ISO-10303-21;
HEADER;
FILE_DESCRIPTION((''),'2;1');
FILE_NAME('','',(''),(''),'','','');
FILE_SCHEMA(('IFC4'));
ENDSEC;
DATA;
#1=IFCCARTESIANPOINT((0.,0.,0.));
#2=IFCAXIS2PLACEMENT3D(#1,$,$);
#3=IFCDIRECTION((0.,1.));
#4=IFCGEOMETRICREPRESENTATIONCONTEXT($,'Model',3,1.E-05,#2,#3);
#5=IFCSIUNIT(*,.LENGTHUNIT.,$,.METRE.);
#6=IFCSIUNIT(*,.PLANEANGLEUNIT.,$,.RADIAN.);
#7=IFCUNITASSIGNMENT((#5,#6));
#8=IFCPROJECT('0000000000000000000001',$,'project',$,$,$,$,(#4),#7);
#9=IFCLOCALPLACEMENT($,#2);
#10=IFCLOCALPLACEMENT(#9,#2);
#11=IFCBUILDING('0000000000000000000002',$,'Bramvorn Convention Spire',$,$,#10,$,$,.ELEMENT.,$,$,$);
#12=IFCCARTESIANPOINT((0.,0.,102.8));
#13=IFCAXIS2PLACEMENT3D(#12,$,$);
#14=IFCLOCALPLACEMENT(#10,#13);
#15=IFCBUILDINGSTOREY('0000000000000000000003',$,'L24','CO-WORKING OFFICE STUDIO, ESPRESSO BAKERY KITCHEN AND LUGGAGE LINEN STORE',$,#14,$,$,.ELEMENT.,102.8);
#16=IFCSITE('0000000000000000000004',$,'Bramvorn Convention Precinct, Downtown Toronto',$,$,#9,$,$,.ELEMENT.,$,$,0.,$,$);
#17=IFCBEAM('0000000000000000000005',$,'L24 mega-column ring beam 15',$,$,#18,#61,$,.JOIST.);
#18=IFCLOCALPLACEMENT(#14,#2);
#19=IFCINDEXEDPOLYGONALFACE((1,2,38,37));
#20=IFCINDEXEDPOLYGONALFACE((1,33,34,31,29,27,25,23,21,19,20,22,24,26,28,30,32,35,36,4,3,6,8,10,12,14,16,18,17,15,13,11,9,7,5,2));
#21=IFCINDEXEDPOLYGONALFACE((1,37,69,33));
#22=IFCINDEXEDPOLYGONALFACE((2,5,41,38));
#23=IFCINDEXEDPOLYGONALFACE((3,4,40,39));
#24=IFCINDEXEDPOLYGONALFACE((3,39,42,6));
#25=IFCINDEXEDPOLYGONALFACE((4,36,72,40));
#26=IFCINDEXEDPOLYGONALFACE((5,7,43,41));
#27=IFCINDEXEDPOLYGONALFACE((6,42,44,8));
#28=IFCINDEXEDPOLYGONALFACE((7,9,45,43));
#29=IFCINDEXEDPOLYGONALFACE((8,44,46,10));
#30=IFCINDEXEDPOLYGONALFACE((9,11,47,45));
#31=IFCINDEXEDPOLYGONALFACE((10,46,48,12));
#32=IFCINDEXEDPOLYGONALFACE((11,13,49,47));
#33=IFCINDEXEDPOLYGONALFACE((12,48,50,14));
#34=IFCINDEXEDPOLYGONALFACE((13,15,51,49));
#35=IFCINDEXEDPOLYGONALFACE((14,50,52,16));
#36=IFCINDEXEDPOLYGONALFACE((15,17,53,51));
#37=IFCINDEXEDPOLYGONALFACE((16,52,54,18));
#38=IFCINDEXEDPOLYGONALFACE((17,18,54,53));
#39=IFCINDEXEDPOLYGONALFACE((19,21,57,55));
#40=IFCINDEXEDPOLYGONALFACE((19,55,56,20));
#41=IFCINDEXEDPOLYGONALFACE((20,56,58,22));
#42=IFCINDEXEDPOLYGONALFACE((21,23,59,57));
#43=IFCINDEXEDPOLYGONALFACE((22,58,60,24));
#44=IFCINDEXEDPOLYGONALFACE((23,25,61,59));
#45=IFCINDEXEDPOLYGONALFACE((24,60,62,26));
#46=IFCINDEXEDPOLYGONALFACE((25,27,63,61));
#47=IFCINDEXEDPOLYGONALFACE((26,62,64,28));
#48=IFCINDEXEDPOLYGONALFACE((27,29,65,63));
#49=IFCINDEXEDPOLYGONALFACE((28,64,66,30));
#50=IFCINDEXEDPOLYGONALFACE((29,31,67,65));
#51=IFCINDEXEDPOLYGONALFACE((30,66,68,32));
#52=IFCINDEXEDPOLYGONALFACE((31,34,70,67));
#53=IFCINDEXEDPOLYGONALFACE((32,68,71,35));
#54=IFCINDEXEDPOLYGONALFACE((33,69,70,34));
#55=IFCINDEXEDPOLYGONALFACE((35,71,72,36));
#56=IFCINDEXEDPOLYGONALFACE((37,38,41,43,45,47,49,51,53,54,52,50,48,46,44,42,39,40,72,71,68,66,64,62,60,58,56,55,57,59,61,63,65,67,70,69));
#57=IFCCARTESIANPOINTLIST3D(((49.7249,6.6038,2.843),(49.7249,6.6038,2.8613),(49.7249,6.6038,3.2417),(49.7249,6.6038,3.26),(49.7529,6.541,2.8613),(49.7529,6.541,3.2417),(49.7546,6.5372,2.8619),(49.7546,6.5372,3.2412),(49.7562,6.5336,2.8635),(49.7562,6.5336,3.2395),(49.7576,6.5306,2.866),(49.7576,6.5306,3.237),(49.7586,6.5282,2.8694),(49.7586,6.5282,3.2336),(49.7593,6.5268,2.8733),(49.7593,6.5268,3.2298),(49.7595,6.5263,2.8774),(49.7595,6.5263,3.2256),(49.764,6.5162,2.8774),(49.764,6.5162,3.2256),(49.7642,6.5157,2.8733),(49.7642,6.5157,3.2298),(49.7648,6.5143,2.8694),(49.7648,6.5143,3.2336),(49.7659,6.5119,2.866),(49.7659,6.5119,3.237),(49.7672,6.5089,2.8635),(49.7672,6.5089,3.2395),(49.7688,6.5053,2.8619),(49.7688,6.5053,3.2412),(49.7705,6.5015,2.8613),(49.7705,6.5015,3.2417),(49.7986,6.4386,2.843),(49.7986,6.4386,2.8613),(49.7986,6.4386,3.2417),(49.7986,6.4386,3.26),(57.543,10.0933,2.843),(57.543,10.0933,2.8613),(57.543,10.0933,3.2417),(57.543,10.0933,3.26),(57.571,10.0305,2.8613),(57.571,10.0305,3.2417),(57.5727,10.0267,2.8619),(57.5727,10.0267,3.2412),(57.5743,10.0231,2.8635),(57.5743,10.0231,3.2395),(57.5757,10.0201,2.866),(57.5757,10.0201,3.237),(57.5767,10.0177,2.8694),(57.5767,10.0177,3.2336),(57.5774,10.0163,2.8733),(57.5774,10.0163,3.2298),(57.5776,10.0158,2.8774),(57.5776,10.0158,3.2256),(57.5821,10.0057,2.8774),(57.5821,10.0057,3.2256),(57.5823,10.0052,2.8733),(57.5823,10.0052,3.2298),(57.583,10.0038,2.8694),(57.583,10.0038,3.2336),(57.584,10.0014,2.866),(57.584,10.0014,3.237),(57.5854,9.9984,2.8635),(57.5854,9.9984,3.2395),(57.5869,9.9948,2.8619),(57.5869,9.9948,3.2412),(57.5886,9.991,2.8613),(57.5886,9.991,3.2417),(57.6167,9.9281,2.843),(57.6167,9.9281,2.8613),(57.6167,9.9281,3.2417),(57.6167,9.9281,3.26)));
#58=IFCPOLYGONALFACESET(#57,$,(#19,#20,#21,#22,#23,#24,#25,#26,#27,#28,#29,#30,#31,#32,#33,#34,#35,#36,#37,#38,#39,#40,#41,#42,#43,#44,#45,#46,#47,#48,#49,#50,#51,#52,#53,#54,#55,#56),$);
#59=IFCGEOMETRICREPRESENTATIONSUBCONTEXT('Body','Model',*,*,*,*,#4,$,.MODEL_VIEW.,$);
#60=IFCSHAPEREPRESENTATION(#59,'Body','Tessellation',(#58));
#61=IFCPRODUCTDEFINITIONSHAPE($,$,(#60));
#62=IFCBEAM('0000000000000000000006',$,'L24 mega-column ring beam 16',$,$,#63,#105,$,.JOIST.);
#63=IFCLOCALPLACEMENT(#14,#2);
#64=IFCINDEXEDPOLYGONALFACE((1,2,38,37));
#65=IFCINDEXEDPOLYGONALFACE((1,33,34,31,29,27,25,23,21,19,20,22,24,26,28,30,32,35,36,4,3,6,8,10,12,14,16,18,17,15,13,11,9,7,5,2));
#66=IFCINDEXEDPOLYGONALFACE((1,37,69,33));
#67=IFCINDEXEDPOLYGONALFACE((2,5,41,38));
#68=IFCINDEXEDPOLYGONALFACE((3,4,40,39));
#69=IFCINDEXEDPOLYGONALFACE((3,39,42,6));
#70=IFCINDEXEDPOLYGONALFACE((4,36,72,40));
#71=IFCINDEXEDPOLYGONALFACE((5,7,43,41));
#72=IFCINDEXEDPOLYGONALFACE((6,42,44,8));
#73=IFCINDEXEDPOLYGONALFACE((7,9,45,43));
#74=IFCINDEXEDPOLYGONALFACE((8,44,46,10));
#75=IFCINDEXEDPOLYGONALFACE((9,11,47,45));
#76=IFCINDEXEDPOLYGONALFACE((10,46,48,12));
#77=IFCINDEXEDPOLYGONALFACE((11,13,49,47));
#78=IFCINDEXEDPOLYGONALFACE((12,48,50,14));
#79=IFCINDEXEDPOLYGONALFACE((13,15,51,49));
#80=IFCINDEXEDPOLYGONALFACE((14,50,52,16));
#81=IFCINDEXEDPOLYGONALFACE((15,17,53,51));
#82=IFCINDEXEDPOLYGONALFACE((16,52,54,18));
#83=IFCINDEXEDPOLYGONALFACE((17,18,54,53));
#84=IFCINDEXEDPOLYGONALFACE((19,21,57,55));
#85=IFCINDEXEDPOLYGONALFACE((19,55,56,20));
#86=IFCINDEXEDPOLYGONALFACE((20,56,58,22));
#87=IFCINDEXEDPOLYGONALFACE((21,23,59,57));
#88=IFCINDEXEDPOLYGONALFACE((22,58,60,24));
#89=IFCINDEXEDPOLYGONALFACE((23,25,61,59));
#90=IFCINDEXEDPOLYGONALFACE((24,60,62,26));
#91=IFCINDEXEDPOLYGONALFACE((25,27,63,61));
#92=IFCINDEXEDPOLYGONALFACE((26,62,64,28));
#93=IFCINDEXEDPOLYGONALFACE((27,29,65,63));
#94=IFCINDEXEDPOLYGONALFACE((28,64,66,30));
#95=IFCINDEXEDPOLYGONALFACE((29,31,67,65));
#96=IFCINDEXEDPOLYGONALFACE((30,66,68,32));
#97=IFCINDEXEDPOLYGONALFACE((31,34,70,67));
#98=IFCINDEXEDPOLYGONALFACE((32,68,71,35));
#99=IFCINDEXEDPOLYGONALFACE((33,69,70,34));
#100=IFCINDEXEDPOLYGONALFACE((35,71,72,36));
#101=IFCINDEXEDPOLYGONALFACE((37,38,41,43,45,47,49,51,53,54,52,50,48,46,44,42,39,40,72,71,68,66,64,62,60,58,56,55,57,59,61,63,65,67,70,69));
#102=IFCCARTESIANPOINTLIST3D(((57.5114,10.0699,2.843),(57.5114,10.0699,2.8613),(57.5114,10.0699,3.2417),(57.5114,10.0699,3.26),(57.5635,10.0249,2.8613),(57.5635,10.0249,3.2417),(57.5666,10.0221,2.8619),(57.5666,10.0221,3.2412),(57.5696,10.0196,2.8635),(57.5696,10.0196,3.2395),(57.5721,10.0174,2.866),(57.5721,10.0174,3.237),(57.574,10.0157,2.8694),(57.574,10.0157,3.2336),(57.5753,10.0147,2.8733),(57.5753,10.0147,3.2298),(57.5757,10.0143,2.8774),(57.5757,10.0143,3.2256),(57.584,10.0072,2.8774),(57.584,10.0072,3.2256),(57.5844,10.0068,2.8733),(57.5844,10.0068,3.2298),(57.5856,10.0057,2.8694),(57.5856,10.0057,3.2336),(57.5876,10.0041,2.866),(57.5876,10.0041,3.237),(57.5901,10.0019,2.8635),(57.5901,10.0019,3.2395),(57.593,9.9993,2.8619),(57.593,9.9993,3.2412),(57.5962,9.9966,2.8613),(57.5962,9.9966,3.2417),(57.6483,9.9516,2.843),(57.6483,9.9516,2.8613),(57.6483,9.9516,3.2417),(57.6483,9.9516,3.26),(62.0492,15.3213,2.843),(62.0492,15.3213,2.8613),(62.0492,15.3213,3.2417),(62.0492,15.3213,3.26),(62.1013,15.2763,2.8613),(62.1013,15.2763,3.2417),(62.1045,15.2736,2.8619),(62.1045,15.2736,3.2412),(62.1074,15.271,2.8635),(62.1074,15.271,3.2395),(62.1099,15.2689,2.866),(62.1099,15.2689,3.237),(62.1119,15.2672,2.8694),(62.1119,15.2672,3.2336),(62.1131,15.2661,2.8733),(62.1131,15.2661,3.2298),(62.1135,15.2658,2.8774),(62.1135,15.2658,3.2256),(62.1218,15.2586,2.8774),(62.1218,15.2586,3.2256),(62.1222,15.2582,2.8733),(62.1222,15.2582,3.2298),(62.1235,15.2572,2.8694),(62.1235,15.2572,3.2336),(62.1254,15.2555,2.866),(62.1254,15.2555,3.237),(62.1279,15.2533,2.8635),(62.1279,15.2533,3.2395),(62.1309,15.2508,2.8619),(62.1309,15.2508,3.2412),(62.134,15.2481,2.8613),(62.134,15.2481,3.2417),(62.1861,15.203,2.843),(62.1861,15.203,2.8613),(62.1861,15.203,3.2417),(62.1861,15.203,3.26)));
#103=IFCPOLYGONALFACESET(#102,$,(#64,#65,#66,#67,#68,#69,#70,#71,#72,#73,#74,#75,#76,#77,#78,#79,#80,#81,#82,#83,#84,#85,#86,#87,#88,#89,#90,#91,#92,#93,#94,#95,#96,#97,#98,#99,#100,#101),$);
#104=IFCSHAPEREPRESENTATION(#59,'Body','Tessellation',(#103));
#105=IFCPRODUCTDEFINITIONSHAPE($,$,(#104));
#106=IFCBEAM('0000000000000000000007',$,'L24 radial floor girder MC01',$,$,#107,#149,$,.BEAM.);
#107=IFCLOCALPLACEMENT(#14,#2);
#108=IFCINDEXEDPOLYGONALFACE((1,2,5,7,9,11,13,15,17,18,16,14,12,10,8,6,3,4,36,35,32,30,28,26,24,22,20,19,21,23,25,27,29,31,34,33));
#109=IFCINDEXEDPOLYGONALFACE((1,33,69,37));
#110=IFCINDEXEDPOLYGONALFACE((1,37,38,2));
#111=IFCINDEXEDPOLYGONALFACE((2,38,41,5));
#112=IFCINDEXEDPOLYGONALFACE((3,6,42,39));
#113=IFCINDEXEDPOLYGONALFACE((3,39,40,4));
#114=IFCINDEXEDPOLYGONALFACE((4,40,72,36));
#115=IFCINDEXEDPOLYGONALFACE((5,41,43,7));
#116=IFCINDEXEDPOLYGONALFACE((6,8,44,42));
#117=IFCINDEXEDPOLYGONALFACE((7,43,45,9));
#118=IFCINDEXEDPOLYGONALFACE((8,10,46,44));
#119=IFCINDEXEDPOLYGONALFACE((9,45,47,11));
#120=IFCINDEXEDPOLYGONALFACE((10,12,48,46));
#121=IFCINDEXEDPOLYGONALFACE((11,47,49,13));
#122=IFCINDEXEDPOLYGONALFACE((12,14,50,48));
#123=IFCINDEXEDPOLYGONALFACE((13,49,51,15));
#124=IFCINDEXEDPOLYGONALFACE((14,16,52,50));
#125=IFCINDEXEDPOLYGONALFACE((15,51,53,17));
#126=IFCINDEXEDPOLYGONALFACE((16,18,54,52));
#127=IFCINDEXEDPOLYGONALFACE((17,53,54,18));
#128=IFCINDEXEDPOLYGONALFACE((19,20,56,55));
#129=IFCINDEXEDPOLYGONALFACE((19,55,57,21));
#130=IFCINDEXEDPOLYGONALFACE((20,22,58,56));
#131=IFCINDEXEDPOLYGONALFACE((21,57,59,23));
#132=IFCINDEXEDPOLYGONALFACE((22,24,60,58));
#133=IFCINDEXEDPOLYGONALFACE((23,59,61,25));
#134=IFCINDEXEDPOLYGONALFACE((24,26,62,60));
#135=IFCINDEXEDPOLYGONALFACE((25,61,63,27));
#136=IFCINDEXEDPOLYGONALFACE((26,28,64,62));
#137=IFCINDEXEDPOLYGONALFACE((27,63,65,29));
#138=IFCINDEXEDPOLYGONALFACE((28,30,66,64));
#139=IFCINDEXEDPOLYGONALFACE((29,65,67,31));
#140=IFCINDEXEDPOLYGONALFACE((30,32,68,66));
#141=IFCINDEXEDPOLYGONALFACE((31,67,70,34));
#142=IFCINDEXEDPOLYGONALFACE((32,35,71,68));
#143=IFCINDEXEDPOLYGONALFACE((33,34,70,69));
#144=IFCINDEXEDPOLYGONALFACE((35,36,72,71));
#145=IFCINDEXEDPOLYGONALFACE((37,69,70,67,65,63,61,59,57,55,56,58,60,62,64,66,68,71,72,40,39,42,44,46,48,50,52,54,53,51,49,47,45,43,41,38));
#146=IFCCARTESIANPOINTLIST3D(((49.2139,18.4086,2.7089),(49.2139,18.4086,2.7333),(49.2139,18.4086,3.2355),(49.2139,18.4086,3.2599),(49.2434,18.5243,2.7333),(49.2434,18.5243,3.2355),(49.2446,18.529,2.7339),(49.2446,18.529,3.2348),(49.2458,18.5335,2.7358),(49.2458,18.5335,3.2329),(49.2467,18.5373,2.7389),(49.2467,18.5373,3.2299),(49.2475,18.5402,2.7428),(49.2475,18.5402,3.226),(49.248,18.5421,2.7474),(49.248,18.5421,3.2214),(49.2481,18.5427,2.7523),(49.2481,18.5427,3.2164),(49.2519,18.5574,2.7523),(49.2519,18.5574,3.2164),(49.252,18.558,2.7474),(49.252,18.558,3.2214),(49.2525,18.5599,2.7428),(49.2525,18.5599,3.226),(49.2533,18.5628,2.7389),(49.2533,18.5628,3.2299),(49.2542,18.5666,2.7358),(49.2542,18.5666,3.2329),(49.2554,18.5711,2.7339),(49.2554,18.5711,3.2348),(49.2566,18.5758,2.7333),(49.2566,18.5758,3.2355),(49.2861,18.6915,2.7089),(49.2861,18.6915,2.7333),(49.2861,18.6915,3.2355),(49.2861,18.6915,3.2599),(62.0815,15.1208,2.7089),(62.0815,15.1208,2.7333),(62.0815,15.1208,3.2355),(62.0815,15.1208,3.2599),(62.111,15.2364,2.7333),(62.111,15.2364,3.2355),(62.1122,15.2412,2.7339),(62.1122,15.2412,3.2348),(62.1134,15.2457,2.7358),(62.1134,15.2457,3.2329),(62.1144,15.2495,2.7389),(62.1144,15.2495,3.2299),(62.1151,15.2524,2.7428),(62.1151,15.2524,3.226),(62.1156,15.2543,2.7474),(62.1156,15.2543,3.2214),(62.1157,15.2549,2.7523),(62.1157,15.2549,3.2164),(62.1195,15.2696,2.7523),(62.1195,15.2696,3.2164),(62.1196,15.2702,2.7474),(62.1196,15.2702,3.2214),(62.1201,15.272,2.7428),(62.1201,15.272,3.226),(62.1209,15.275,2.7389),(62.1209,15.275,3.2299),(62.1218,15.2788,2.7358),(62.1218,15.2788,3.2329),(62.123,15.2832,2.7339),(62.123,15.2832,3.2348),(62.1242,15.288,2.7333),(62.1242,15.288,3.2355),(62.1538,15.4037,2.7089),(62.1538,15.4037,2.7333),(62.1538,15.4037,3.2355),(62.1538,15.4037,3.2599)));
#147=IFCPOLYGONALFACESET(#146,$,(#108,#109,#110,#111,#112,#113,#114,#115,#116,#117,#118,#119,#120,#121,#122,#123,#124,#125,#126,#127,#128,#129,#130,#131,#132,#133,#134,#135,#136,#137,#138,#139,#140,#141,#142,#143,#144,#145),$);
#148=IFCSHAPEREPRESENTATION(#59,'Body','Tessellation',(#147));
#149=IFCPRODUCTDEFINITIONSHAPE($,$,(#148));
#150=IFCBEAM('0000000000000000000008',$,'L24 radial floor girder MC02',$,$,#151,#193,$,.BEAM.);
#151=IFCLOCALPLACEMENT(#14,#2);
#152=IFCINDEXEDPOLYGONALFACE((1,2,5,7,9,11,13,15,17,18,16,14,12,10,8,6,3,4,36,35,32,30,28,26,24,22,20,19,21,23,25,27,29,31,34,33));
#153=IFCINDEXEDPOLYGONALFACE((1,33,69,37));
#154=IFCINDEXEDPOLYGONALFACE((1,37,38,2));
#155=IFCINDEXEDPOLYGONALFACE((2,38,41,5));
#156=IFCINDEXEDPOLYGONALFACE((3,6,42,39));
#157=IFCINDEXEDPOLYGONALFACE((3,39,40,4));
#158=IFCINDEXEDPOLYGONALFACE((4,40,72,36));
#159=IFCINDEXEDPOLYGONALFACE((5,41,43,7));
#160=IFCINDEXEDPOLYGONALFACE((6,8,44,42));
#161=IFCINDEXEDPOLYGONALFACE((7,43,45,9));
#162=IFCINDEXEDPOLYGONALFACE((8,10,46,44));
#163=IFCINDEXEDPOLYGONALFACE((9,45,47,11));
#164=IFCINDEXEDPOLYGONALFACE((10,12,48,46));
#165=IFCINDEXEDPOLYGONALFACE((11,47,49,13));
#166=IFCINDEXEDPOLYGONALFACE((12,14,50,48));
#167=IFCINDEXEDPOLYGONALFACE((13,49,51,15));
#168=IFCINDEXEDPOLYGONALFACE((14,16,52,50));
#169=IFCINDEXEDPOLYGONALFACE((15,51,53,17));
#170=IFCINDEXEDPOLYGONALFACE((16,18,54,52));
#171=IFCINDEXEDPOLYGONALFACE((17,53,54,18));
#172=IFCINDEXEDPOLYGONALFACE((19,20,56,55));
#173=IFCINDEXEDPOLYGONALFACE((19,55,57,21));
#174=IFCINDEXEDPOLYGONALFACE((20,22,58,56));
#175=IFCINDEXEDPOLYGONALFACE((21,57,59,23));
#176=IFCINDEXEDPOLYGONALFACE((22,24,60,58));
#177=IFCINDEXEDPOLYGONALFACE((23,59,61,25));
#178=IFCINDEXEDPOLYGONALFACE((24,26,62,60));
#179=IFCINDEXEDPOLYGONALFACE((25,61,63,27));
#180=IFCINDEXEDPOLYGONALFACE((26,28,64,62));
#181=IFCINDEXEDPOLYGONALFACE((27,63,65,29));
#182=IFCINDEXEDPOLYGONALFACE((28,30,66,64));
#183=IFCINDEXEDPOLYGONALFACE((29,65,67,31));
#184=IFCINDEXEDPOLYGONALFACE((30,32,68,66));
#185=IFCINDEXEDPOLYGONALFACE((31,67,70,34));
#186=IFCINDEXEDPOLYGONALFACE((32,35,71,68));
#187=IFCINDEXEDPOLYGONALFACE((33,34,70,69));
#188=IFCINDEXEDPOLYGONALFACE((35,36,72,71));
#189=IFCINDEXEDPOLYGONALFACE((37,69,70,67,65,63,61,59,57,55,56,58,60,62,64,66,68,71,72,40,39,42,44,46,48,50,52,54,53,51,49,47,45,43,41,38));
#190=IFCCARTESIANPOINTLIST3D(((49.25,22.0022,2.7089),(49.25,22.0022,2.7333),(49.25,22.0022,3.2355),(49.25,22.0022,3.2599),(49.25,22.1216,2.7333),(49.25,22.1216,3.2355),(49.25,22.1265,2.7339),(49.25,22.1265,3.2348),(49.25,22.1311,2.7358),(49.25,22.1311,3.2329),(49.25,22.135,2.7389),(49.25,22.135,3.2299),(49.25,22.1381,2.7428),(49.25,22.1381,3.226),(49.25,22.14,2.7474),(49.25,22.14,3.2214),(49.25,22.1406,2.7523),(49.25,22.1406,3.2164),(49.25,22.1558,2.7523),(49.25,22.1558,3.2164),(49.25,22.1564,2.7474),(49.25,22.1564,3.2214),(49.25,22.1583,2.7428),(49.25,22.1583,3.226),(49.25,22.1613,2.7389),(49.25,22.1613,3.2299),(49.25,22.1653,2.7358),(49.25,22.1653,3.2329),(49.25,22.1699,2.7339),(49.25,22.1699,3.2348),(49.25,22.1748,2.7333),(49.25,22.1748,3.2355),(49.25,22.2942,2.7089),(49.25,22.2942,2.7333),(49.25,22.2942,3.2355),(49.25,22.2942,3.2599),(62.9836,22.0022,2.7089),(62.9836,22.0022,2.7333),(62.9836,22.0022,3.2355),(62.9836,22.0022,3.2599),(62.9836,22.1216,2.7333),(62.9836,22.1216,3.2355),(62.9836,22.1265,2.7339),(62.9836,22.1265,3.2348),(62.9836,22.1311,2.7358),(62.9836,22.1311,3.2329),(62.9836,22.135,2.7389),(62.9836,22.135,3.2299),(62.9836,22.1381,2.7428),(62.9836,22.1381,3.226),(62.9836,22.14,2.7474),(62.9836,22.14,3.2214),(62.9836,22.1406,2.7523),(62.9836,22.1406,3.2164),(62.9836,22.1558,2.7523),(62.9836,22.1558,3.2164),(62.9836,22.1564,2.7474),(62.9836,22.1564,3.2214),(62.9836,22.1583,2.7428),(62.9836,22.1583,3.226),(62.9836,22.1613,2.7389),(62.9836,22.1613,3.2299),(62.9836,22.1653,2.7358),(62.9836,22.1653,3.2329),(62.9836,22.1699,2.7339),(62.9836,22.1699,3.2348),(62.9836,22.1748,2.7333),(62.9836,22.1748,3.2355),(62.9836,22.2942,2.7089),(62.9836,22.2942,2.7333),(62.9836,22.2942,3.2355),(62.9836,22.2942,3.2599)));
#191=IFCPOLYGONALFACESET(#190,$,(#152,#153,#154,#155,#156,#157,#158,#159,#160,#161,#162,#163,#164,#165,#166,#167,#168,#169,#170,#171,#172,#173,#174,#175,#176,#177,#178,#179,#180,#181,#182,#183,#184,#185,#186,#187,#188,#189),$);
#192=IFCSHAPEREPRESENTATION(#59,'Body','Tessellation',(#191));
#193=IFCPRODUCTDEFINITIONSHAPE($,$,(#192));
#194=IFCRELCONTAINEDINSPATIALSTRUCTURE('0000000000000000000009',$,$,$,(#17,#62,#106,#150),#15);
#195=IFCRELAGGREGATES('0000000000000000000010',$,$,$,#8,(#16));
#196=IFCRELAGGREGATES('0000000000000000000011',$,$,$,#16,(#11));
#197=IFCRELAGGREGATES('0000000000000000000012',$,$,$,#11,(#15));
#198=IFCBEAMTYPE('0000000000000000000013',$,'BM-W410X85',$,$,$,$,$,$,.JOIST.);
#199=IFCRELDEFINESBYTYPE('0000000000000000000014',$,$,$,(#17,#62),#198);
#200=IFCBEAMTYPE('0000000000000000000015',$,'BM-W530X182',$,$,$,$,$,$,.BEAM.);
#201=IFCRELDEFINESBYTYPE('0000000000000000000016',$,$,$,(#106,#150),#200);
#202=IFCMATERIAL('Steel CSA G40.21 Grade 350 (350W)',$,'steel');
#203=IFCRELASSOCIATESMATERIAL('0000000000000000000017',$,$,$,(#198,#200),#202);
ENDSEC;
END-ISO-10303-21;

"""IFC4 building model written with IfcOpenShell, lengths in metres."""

from ifc_helpers import new_model, si_unit, direction, frame, origin, origin_2d, place, context, subcontext, project, spatial, i_section, extrude, material, material_profile, profile_set, type_object, element, save


model = new_model("IFC4")

# Units and contexts
model_context = context("Model", 3, precision=1e-05, world=origin(), true_north=direction((0.0, 1.0)))
body_context = subcontext(model_context, "Body", "Model", "MODEL_VIEW")
ifc_project = project(units=[si_unit("LENGTHUNIT", "METRE"), si_unit("PLANEANGLEUNIT", "RADIAN")], contexts=[model_context])

# Site, building, storey
site_placement = place(None, origin())
site = spatial("IfcSite", under=ifc_project, at=site_placement, Name="Bramvorn Convention Precinct, Downtown Toronto", CompositionType="ELEMENT", RefElevation=0.0)
building_placement = place(site_placement, origin())
building = spatial("IfcBuilding", under=site, at=building_placement, Name="Bramvorn Convention Spire", CompositionType="ELEMENT")
storey_placement = place(building_placement, frame((0.0, 0.0, 102.8)))
storey = spatial("IfcBuildingStorey", under=building, at=storey_placement, Name="L24", Description="CO-WORKING OFFICE STUDIO, ESPRESSO BAKERY KITCHEN AND LUGGAGE LINEN STORE", CompositionType="ELEMENT", Elevation=102.8)

# Shared definitions
ifc_material_1 = material(Name="Steel CSA G40.21 Grade 350 (350W)", Category="steel")

# Beams
ifc_material_profile_1 = material_profile(ifc_material_1, i_section(OverallWidth=0.1809, OverallDepth=0.417, WebThickness=0.011, FlangeThickness=0.0183, FilletRadius=0.0161, at=origin_2d()))
ifc_profile_set_1 = profile_set([ifc_material_profile_1], Name="Steel CSA G40.21 Grade 350 (350W) - W410X85")
beam_type_1 = type_object("IfcBeamType", Name="BM-W410X85", PredefinedType="JOIST", material=ifc_profile_set_1)
for number, where, z_axis, x_axis, name in (
    (1, (49.7617, 6.5212, 3.0515), (0.91317, 0.40758, 0.0), (-0.40758, 0.91317, 0.0), "L24 mega-column ring beam 15"),
):
    element("IfcBeam", number, at=place(storey_placement, frame(where, z_axis=z_axis, x_axis=x_axis)), inside=storey, type_object=beam_type_1, Name=name, PredefinedType="JOIST", context=body_context, shape_type="SweptSolid", body=[
        extrude(i_section(OverallWidth=0.1809, OverallDepth=0.417, WebThickness=0.011, FlangeThickness=0.0183, FilletRadius=0.0161, at=origin_2d()), origin(), (0.0, 0.0, 1.0), 8.5615),
    ])
beam_1_placement = place(storey_placement, frame((57.5798, 10.0107, 3.0515), z_axis=(0.653825, 0.756646, 0.0), x_axis=(-0.756646, 0.653825, 0.0)))
element("IfcBeam", 2, at=beam_1_placement, inside=storey, type_object=beam_type_1, Name="L24 mega-column ring beam 16", PredefinedType="JOIST", context=body_context, shape_type="SweptSolid", body=[
    extrude(i_section(OverallWidth=0.1809, OverallDepth=0.417, WebThickness=0.011, FlangeThickness=0.0183, FilletRadius=0.0161, at=origin_2d()), origin(), (0.0, 0.0, 1.0), 6.9404),
])
ifc_material_profile_2 = material_profile(ifc_material_1, i_section(OverallWidth=0.292, OverallDepth=0.551, WebThickness=0.0151, FlangeThickness=0.0244, FilletRadius=0.019, at=origin_2d()))
ifc_profile_set_2 = profile_set([ifc_material_profile_2], Name="Steel CSA G40.21 Grade 350 (350W) - W530X182")
beam_type_2 = type_object("IfcBeamType", Name="BM-W530X182", PredefinedType="BEAM", material=ifc_profile_set_2)
beam_2_placement = place(storey_placement, frame((49.25, 18.55, 2.9844), z_axis=(0.968873, -0.247558, 0.0), x_axis=(0.247558, 0.968873, 0.0)))
element("IfcBeam", 3, at=beam_2_placement, inside=storey, type_object=beam_type_2, Name="L24 radial floor girder MC01", PredefinedType="BEAM", context=body_context, shape_type="SweptSolid", body=[
    extrude(i_section(OverallWidth=0.292, OverallDepth=0.551, WebThickness=0.0151, FlangeThickness=0.0244, FilletRadius=0.019, at=origin_2d()), origin(), (0.0, 0.0, 1.0), 13.281),
])
beam_3_placement = place(storey_placement, frame((49.25, 22.1482, 2.9844), z_axis=(1.0, 0.0, 0.0), x_axis=(0.0, 1.0, 0.0)))
element("IfcBeam", 4, at=beam_3_placement, inside=storey, type_object=beam_type_2, Name="L24 radial floor girder MC02", PredefinedType="BEAM", context=body_context, shape_type="SweptSolid", body=[
    extrude(i_section(OverallWidth=0.292, OverallDepth=0.551, WebThickness=0.0151, FlangeThickness=0.0244, FilletRadius=0.019, at=origin_2d()), origin(), (0.0, 0.0, 1.0), 13.7336),
])

save(model, "model.ifc")
